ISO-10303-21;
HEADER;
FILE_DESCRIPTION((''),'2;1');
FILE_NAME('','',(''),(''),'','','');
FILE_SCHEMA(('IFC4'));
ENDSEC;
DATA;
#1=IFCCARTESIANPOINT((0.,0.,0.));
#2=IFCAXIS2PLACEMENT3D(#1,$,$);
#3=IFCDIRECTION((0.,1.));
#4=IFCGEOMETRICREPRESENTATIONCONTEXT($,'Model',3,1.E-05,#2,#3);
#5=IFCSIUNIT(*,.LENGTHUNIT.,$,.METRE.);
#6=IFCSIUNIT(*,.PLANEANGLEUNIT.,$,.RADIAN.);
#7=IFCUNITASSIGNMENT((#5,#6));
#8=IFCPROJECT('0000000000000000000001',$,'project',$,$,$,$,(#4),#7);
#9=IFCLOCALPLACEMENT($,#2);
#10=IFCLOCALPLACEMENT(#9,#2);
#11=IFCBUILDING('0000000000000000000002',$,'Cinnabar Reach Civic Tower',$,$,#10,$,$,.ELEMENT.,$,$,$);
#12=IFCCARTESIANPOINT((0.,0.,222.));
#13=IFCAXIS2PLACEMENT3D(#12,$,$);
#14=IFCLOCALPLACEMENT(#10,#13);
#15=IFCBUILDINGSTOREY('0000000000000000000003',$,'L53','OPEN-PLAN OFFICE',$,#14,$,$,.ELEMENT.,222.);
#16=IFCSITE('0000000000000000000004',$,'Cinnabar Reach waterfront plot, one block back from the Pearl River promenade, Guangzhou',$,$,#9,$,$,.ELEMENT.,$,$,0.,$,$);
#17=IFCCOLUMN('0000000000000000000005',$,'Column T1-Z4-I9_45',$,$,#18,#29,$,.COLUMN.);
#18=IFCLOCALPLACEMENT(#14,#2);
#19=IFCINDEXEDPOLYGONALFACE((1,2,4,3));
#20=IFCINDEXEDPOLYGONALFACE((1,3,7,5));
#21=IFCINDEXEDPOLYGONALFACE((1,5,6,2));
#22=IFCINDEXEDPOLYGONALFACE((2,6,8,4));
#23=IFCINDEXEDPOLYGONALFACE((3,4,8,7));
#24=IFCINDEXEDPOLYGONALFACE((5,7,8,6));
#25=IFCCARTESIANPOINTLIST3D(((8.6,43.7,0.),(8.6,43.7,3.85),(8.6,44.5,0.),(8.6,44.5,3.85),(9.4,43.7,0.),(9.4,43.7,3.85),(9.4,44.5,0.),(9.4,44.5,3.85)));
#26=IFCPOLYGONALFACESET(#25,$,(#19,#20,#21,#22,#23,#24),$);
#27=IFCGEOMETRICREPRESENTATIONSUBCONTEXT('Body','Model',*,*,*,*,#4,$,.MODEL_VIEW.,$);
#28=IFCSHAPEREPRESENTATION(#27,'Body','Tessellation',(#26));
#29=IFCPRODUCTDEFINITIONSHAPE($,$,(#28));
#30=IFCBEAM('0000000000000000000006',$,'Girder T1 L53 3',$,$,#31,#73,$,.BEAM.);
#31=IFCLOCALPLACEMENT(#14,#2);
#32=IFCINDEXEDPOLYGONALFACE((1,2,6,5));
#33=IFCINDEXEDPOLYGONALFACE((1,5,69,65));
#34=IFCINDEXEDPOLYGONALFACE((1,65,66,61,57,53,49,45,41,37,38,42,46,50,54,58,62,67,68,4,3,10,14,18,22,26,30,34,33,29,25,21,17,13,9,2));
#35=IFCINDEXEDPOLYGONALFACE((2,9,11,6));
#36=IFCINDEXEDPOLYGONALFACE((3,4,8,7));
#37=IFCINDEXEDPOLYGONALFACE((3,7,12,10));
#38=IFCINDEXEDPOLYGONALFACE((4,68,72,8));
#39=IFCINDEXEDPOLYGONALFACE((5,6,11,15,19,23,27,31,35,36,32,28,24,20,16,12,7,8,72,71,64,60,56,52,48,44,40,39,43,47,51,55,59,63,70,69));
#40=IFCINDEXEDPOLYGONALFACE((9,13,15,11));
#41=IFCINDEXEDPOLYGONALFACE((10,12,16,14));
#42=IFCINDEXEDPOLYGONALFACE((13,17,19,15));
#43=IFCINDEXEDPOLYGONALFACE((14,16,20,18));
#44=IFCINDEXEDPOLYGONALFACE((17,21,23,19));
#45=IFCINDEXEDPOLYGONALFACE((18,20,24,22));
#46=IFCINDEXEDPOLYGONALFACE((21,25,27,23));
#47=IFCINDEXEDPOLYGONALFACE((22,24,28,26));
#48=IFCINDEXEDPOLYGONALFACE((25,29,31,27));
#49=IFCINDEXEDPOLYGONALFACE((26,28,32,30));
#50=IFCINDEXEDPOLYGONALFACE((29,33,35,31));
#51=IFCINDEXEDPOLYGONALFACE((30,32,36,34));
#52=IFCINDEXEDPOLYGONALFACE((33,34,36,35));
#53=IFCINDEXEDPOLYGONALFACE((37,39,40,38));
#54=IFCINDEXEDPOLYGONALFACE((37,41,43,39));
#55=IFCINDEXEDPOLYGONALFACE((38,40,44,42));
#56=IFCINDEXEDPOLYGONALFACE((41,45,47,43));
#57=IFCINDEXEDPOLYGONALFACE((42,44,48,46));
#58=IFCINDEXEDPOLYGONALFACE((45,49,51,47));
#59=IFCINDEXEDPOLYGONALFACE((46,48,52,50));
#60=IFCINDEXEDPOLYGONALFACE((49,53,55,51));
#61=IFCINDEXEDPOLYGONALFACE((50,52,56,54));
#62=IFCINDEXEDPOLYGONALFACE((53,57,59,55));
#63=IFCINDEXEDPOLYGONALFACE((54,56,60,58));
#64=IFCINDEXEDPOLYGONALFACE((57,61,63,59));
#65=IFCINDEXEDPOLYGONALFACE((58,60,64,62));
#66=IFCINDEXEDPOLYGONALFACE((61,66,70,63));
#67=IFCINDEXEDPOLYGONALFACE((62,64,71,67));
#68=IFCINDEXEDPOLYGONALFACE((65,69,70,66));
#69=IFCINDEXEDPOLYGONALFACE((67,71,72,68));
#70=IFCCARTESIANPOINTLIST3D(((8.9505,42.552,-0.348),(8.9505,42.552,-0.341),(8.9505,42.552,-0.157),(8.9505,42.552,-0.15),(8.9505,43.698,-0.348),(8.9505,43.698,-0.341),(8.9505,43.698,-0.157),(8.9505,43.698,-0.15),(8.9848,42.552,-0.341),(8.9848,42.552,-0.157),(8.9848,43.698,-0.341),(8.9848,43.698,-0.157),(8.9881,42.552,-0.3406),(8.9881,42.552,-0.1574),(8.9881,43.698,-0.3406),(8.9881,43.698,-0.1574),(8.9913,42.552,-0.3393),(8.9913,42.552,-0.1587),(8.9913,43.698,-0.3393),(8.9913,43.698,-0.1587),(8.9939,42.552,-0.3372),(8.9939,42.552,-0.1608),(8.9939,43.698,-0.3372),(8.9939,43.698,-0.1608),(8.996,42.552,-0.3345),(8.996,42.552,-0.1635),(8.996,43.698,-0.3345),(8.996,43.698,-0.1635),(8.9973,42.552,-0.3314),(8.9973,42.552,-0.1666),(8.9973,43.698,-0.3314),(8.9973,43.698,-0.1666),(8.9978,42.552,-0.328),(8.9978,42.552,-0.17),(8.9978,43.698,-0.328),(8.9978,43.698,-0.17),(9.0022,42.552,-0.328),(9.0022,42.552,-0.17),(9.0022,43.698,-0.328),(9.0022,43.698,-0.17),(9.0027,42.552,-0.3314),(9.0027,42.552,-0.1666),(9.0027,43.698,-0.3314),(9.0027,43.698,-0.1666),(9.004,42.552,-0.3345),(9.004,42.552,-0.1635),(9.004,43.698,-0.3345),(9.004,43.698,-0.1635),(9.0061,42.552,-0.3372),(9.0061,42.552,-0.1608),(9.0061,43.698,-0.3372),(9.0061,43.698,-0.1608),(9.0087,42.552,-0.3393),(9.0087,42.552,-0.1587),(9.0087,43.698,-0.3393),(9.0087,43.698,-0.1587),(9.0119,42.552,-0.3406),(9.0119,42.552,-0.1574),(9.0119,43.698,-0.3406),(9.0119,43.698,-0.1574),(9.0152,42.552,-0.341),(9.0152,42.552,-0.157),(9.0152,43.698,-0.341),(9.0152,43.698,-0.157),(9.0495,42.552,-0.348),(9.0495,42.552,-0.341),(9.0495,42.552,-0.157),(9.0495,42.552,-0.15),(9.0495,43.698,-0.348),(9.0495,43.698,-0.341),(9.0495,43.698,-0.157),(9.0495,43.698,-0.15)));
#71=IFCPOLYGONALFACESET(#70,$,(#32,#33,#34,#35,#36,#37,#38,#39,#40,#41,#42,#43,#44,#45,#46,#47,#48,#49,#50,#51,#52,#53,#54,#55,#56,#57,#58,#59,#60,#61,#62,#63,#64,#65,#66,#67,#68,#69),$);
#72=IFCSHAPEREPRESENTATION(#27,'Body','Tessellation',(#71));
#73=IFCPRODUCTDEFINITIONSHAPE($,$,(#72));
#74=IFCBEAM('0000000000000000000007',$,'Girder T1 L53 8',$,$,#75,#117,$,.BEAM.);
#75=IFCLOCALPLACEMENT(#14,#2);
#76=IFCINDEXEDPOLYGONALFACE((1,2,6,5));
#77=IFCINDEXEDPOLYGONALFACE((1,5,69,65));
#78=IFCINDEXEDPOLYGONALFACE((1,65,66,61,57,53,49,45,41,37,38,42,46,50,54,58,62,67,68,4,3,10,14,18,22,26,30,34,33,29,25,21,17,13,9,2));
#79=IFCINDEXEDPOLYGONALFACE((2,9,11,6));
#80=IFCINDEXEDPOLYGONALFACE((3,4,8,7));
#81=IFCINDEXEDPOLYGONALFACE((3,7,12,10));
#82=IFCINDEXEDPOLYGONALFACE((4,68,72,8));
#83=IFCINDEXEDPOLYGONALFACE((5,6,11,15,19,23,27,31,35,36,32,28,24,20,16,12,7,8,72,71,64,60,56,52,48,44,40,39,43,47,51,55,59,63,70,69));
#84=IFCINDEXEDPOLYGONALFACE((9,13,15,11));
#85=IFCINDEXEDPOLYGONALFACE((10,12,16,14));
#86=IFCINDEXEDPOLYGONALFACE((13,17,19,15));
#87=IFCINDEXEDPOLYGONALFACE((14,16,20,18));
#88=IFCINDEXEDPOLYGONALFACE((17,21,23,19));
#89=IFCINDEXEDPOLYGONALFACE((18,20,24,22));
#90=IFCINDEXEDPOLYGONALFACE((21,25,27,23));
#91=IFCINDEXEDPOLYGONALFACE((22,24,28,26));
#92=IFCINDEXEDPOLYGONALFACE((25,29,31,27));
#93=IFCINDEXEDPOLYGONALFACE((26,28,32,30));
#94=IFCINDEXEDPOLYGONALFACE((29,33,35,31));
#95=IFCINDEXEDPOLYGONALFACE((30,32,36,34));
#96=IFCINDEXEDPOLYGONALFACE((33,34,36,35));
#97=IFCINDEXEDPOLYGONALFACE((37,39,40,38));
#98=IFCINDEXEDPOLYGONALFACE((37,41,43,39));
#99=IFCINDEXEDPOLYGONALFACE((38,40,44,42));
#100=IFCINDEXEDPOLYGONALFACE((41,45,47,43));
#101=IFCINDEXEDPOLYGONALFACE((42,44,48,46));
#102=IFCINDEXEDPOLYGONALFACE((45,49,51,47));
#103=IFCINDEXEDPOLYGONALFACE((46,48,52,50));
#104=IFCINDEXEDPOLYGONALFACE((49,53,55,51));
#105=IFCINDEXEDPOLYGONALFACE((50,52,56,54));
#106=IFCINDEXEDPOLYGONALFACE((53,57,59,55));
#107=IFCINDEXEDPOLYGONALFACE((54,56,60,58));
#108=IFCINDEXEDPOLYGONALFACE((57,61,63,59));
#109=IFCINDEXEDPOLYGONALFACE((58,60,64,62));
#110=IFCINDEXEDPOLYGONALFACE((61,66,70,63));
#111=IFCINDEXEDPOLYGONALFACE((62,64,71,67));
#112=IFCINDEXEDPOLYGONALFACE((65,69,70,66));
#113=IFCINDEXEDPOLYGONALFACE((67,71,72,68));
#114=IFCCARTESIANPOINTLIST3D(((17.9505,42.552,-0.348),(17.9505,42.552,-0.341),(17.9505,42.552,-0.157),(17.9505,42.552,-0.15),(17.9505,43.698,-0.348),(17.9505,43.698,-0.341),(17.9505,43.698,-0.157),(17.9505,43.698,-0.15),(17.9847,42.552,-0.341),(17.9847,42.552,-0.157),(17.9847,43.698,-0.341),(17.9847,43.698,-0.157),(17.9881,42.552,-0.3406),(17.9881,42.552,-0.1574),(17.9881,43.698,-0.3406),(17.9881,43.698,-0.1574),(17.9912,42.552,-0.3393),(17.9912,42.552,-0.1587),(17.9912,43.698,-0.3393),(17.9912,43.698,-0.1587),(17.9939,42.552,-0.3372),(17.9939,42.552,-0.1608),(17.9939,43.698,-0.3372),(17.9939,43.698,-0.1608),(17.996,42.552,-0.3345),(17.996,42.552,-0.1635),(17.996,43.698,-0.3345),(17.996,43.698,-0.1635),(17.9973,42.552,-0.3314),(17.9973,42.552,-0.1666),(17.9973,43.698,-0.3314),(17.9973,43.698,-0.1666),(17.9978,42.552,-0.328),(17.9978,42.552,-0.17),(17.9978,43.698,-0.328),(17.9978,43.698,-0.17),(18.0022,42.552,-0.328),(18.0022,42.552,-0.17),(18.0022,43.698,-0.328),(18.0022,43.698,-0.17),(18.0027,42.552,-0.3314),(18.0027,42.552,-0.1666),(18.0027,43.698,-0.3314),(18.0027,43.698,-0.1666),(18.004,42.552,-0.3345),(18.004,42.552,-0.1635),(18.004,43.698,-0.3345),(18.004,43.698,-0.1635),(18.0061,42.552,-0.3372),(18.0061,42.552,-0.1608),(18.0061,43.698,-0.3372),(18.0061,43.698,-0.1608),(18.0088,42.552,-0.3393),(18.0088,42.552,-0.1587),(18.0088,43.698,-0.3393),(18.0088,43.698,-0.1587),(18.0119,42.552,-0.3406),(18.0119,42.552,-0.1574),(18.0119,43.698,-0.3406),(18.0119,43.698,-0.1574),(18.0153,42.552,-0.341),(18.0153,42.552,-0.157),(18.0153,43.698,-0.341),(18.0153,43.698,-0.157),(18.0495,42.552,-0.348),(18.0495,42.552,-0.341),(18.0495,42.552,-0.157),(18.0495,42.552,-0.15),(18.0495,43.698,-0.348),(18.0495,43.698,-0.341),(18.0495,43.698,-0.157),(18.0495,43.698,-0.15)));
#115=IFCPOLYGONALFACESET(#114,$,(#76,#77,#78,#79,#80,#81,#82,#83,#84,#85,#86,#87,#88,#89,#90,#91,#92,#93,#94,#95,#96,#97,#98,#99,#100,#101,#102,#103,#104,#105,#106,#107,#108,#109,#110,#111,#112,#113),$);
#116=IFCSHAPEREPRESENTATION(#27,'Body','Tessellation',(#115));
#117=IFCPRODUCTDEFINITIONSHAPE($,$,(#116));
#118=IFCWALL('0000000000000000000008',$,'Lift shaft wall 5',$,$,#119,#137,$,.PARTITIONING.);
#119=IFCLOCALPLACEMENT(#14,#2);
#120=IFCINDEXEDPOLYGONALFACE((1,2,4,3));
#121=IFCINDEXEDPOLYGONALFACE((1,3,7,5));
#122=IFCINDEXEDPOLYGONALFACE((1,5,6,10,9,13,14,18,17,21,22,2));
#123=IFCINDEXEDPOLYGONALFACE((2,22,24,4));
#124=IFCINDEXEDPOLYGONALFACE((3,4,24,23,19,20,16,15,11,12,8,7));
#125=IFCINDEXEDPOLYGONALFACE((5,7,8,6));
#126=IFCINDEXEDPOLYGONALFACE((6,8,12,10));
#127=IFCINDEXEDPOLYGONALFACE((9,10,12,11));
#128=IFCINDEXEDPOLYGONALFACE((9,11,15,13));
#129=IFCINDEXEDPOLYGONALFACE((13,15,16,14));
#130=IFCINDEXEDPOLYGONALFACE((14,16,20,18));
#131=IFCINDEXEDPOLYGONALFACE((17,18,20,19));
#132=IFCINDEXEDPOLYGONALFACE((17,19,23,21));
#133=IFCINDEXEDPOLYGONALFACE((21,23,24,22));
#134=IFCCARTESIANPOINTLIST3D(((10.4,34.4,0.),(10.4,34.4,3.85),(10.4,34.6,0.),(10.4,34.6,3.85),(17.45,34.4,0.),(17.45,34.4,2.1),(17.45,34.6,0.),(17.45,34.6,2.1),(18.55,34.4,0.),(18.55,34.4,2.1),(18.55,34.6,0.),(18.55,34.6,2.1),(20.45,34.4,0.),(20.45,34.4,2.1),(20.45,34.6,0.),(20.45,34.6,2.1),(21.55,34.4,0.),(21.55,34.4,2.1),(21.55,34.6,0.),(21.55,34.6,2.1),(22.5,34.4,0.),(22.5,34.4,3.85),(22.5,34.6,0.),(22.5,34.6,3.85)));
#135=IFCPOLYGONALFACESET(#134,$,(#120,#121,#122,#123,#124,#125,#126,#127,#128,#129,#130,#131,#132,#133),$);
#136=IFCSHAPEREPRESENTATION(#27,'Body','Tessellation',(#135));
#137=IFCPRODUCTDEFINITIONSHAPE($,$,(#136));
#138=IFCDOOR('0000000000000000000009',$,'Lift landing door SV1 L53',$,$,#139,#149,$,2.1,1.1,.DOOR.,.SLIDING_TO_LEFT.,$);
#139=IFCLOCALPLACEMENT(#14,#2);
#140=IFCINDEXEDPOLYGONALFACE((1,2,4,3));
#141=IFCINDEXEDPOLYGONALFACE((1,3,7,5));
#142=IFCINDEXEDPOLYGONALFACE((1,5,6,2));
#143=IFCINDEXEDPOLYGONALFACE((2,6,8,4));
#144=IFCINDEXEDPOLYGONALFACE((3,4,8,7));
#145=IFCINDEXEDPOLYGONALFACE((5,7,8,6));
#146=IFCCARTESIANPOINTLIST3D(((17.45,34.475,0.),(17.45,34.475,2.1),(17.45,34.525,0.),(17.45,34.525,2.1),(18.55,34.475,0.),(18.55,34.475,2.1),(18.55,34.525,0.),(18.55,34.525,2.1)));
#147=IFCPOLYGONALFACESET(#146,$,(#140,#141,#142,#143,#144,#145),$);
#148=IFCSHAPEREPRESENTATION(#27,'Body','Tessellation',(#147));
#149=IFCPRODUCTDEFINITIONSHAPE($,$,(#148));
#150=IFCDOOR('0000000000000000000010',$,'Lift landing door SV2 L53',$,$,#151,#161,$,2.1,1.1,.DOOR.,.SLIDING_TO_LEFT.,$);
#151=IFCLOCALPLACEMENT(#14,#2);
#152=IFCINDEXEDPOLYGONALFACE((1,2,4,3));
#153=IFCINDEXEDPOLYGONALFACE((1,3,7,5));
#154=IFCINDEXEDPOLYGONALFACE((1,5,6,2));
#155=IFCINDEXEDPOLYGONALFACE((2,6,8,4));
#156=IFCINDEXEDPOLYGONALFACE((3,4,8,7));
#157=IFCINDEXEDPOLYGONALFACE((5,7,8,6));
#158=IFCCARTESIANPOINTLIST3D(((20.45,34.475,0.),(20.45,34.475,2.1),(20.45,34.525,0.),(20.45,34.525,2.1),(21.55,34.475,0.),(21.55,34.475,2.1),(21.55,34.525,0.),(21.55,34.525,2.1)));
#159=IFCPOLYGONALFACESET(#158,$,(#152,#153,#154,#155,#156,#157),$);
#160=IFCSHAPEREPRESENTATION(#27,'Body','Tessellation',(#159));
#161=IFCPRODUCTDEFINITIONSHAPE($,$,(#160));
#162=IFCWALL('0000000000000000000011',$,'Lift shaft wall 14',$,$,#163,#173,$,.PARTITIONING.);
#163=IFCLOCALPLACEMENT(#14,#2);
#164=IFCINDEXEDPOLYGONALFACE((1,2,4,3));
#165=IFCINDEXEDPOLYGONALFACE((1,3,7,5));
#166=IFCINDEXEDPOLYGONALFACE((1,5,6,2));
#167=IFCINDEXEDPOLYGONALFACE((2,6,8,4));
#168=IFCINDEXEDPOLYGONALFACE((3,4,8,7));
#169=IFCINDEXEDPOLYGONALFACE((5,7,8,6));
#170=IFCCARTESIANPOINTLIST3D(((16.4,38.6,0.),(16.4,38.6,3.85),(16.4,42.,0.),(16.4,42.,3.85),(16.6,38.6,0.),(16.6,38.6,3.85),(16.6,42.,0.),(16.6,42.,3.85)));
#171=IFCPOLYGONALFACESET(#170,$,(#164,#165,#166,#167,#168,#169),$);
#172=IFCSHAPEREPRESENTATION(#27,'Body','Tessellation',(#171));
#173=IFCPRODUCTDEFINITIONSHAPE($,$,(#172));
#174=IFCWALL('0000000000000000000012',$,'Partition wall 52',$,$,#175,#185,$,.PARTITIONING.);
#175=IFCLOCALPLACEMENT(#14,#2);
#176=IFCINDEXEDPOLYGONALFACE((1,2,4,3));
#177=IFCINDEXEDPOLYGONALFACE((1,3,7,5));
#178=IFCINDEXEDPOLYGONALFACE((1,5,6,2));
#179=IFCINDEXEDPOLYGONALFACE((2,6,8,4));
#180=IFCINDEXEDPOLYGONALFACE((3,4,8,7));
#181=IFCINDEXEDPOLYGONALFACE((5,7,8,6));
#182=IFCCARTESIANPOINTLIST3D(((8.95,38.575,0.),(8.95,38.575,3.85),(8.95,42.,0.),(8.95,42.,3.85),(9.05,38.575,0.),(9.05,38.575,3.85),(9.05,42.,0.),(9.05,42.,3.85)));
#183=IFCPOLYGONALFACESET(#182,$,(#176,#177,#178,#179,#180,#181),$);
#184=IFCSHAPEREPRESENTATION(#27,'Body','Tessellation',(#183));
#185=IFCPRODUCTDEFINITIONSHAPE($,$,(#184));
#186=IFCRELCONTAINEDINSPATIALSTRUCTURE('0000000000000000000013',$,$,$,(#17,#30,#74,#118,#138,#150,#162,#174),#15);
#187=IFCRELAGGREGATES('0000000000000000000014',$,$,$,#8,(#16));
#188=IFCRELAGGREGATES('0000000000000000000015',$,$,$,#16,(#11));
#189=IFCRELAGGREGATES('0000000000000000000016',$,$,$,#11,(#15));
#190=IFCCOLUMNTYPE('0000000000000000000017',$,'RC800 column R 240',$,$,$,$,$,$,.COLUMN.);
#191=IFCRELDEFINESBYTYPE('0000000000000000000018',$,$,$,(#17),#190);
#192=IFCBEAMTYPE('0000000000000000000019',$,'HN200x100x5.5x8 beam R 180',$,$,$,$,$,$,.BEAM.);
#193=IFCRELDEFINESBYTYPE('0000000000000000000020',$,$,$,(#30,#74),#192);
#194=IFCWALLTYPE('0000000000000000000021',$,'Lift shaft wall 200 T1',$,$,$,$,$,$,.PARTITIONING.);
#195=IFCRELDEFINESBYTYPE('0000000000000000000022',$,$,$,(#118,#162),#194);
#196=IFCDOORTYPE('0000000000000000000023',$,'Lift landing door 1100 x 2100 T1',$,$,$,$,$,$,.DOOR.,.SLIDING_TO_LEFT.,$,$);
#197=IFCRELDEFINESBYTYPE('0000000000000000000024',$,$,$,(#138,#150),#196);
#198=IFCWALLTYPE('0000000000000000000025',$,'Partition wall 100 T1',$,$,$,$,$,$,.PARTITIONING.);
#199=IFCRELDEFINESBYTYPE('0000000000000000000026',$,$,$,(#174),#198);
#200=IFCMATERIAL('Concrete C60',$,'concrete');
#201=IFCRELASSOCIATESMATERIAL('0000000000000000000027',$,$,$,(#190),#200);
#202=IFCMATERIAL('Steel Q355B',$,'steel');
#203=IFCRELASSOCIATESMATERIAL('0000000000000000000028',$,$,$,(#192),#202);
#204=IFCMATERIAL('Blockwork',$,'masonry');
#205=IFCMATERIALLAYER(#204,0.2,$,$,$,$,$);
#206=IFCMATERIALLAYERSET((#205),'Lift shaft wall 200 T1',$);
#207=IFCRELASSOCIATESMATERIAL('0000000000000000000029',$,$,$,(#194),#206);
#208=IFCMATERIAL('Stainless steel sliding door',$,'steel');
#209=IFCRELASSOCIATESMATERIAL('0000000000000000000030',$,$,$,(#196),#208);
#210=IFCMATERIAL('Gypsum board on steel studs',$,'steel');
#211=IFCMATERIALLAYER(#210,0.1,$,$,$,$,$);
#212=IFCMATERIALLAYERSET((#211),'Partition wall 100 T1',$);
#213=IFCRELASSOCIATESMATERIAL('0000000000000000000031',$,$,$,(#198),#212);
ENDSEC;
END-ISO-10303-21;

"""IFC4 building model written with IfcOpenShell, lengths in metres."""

from ifc_helpers import new_model, si_unit, direction, frame, frame_2d, origin, origin_2d, place, context, subcontext, project, spatial, rectangle, i_section, extrude, material, layer, layer_set, material_profile, profile_set, type_object, element, fill, save


model = new_model("IFC4")

# Units and contexts
model_context = context("Model", 3, precision=1e-05, world=origin(), true_north=direction((0.0, 1.0)))
body_context = subcontext(model_context, "Body", "Model", "MODEL_VIEW")
ifc_project = project(units=[si_unit("LENGTHUNIT", "METRE"), si_unit("PLANEANGLEUNIT", "RADIAN")], contexts=[model_context])

# Site, building, storey
site_placement = place(None, origin())
site = spatial("IfcSite", under=ifc_project, at=site_placement, Name="Cinnabar Reach waterfront plot, one block back from the Pearl River promenade, Guangzhou", CompositionType="ELEMENT", RefElevation=0.0)
building_placement = place(site_placement, origin())
building = spatial("IfcBuilding", under=site, at=building_placement, Name="Cinnabar Reach Civic Tower", CompositionType="ELEMENT")
storey_placement = place(building_placement, frame((0.0, 0.0, 222.0)))
storey = spatial("IfcBuildingStorey", under=building, at=storey_placement, Name="L53", Description="OPEN-PLAN OFFICE", CompositionType="ELEMENT", Elevation=222.0)

# Column
ifc_material_1 = material(Name="Concrete C60", Category="concrete")
ifc_material_profile_1 = material_profile(ifc_material_1, rectangle(XDim=0.8, YDim=0.8, at=origin_2d()), Name="RC800")
ifc_profile_set_1 = profile_set([ifc_material_profile_1], Name="Concrete C60")
column_type = type_object("IfcColumnType", Name="RC800 column R 240", PredefinedType="COLUMN", material=ifc_profile_set_1)
column_placement = place(storey_placement, frame((9.0, 44.1, 0.0), z_axis=(0.0, 0.0, 1.0), x_axis=(1.0, 0.0, 0.0)))
element("IfcColumn", 1, at=column_placement, inside=storey, type_object=column_type, Name="Column T1-Z4-I9_45", PredefinedType="COLUMN", context=body_context, shape_type="SweptSolid", body=[
    extrude(rectangle(XDim=0.8, YDim=0.8, at=origin_2d()), origin(), (0.0, 0.0, 1.0), 3.85),
])

# Beams
ifc_material_2 = material(Name="Steel Q355B", Category="steel")
ifc_material_profile_2 = material_profile(ifc_material_2, i_section(OverallWidth=0.099, OverallDepth=0.198, WebThickness=0.0045, FlangeThickness=0.007, FilletRadius=0.013, at=origin_2d()), Name="HN200x100x5.5x8")
ifc_profile_set_2 = profile_set([ifc_material_profile_2], Name="Steel Q355B")
beam_type = type_object("IfcBeamType", Name="HN200x100x5.5x8 beam R 180", PredefinedType="BEAM", material=ifc_profile_set_2)
for number, where, z_axis, x_axis, name in (
    (2, (9.0, 42.552, -0.249), (0.0, 1.0, 0.0), (-1.0, 0.0, 0.0), "Girder T1 L53 3"),
    (3, (18.0, 42.552, -0.249), (0.0, 1.0, 0.0), (-1.0, 0.0, 0.0), "Girder T1 L53 8"),
):
    element("IfcBeam", number, at=place(storey_placement, frame(where, z_axis=z_axis, x_axis=x_axis)), inside=storey, type_object=beam_type, Name=name, PredefinedType="BEAM", context=body_context, shape_type="SweptSolid", body=[
        extrude(i_section(OverallWidth=0.099, OverallDepth=0.198, WebThickness=0.0045, FlangeThickness=0.007, FilletRadius=0.013, at=origin_2d()), origin(), (0.0, 0.0, 1.0), 1.146),
    ])

# Wall, openings, doors
ifc_material_3 = material(Name="Blockwork", Category="masonry")
ifc_layer_1 = layer(ifc_material_3, 0.2)
ifc_layer_set_1 = layer_set([ifc_layer_1], Name="Lift shaft wall 200 T1")
wall_type_1 = type_object("IfcWallType", Name="Lift shaft wall 200 T1", PredefinedType="PARTITIONING", material=ifc_layer_set_1)
wall_1_placement = place(storey_placement, frame((10.4, 34.5, 0.0), z_axis=(0.0, 0.0, 1.0), x_axis=(1.0, 0.0, 0.0)))
wall_1 = element("IfcWall", 4, at=wall_1_placement, inside=storey, type_object=wall_type_1, Name="Lift shaft wall 5", PredefinedType="PARTITIONING", context=body_context, shape_type="SweptSolid", body=[
    extrude(rectangle(XDim=12.1, YDim=0.2, at=frame_2d((6.05, 0.0))), origin(), (0.0, 0.0, 1.0), 3.85),
])
opening_1_placement = place(wall_1_placement, frame((7.05, 0.0, 0.0)))
opening_1 = element("IfcOpeningElement", 5, at=opening_1_placement, cuts=wall_1, PredefinedType="OPENING", context=body_context, shape_type="SweptSolid", body=[
    extrude(rectangle(XDim=1.1, YDim=2.1, at=frame_2d((0.55, 1.05))), frame((0.0, 0.11, 0.0), z_axis=(0.0, -1.0, 0.0), x_axis=(1.0, 0.0, 0.0)), (0.0, 0.0, 1.0), 0.22),
])
opening_2_placement = place(wall_1_placement, frame((10.05, 0.0, 0.0)))
opening_2 = element("IfcOpeningElement", 6, at=opening_2_placement, cuts=wall_1, PredefinedType="OPENING", context=body_context, shape_type="SweptSolid", body=[
    extrude(rectangle(XDim=1.1, YDim=2.1, at=frame_2d((0.55, 1.05))), frame((0.0, 0.11, 0.0), z_axis=(0.0, -1.0, 0.0), x_axis=(1.0, 0.0, 0.0)), (0.0, 0.0, 1.0), 0.22),
])
ifc_material_4 = material(Name="Stainless steel sliding door", Category="steel")
door_type_1 = type_object("IfcDoorType", Name="Lift landing door 1100 x 2100 T1", OperationType="SLIDING_TO_LEFT", PredefinedType="DOOR", material=ifc_material_4)
door_1_placement = place(opening_1_placement, origin())
door_1 = element("IfcDoor", 7, at=door_1_placement, inside=storey, type_object=door_type_1, Name="Lift landing door SV1 L53", OperationType="SLIDING_TO_LEFT", OverallHeight=2.1, OverallWidth=1.1, PredefinedType="DOOR", context=body_context, shape_type="SweptSolid", body=[
    extrude(rectangle(XDim=1.1, YDim=2.1, at=frame_2d((0.55, 1.05))), frame((0.0, 0.025, 0.0), z_axis=(0.0, -1.0, 0.0), x_axis=(1.0, 0.0, 0.0)), (0.0, 0.0, 1.0), 0.05),
])
fill(opening_1, door_1)
door_2_placement = place(opening_2_placement, origin())
door_2 = element("IfcDoor", 8, at=door_2_placement, inside=storey, type_object=door_type_1, Name="Lift landing door SV2 L53", OperationType="SLIDING_TO_LEFT", OverallHeight=2.1, OverallWidth=1.1, PredefinedType="DOOR", context=body_context, shape_type="SweptSolid", body=[
    extrude(rectangle(XDim=1.1, YDim=2.1, at=frame_2d((0.55, 1.05))), frame((0.0, 0.025, 0.0), z_axis=(0.0, -1.0, 0.0), x_axis=(1.0, 0.0, 0.0)), (0.0, 0.0, 1.0), 0.05),
])
fill(opening_2, door_2)

# Walls
wall_2_placement = place(storey_placement, frame((16.5, 38.6, 0.0), z_axis=(0.0, 0.0, 1.0), x_axis=(0.0, 1.0, 0.0)))
element("IfcWall", 9, at=wall_2_placement, inside=storey, type_object=wall_type_1, Name="Lift shaft wall 14", PredefinedType="PARTITIONING", context=body_context, shape_type="SweptSolid", body=[
    extrude(rectangle(XDim=3.4, YDim=0.2, at=frame_2d((1.7, 0.0))), origin(), (0.0, 0.0, 1.0), 3.85),
])
ifc_material_5 = material(Name="Gypsum board on steel studs", Category="steel")
ifc_layer_2 = layer(ifc_material_5, 0.1)
ifc_layer_set_2 = layer_set([ifc_layer_2], Name="Partition wall 100 T1")
wall_type_2 = type_object("IfcWallType", Name="Partition wall 100 T1", PredefinedType="PARTITIONING", material=ifc_layer_set_2)
for number, where, z_axis, x_axis, name in (
    (10, (9.0, 38.575, 0.0), (0.0, 0.0, 1.0), (0.0, 1.0, 0.0), "Partition wall 52"),
):
    element("IfcWall", number, at=place(storey_placement, frame(where, z_axis=z_axis, x_axis=x_axis)), inside=storey, type_object=wall_type_2, Name=name, PredefinedType="PARTITIONING", context=body_context, shape_type="SweptSolid", body=[
        extrude(rectangle(XDim=3.425, YDim=0.1, at=frame_2d((1.7125, 0.0))), origin(), (0.0, 0.0, 1.0), 3.85),
    ])

save(model, "model.ifc")
